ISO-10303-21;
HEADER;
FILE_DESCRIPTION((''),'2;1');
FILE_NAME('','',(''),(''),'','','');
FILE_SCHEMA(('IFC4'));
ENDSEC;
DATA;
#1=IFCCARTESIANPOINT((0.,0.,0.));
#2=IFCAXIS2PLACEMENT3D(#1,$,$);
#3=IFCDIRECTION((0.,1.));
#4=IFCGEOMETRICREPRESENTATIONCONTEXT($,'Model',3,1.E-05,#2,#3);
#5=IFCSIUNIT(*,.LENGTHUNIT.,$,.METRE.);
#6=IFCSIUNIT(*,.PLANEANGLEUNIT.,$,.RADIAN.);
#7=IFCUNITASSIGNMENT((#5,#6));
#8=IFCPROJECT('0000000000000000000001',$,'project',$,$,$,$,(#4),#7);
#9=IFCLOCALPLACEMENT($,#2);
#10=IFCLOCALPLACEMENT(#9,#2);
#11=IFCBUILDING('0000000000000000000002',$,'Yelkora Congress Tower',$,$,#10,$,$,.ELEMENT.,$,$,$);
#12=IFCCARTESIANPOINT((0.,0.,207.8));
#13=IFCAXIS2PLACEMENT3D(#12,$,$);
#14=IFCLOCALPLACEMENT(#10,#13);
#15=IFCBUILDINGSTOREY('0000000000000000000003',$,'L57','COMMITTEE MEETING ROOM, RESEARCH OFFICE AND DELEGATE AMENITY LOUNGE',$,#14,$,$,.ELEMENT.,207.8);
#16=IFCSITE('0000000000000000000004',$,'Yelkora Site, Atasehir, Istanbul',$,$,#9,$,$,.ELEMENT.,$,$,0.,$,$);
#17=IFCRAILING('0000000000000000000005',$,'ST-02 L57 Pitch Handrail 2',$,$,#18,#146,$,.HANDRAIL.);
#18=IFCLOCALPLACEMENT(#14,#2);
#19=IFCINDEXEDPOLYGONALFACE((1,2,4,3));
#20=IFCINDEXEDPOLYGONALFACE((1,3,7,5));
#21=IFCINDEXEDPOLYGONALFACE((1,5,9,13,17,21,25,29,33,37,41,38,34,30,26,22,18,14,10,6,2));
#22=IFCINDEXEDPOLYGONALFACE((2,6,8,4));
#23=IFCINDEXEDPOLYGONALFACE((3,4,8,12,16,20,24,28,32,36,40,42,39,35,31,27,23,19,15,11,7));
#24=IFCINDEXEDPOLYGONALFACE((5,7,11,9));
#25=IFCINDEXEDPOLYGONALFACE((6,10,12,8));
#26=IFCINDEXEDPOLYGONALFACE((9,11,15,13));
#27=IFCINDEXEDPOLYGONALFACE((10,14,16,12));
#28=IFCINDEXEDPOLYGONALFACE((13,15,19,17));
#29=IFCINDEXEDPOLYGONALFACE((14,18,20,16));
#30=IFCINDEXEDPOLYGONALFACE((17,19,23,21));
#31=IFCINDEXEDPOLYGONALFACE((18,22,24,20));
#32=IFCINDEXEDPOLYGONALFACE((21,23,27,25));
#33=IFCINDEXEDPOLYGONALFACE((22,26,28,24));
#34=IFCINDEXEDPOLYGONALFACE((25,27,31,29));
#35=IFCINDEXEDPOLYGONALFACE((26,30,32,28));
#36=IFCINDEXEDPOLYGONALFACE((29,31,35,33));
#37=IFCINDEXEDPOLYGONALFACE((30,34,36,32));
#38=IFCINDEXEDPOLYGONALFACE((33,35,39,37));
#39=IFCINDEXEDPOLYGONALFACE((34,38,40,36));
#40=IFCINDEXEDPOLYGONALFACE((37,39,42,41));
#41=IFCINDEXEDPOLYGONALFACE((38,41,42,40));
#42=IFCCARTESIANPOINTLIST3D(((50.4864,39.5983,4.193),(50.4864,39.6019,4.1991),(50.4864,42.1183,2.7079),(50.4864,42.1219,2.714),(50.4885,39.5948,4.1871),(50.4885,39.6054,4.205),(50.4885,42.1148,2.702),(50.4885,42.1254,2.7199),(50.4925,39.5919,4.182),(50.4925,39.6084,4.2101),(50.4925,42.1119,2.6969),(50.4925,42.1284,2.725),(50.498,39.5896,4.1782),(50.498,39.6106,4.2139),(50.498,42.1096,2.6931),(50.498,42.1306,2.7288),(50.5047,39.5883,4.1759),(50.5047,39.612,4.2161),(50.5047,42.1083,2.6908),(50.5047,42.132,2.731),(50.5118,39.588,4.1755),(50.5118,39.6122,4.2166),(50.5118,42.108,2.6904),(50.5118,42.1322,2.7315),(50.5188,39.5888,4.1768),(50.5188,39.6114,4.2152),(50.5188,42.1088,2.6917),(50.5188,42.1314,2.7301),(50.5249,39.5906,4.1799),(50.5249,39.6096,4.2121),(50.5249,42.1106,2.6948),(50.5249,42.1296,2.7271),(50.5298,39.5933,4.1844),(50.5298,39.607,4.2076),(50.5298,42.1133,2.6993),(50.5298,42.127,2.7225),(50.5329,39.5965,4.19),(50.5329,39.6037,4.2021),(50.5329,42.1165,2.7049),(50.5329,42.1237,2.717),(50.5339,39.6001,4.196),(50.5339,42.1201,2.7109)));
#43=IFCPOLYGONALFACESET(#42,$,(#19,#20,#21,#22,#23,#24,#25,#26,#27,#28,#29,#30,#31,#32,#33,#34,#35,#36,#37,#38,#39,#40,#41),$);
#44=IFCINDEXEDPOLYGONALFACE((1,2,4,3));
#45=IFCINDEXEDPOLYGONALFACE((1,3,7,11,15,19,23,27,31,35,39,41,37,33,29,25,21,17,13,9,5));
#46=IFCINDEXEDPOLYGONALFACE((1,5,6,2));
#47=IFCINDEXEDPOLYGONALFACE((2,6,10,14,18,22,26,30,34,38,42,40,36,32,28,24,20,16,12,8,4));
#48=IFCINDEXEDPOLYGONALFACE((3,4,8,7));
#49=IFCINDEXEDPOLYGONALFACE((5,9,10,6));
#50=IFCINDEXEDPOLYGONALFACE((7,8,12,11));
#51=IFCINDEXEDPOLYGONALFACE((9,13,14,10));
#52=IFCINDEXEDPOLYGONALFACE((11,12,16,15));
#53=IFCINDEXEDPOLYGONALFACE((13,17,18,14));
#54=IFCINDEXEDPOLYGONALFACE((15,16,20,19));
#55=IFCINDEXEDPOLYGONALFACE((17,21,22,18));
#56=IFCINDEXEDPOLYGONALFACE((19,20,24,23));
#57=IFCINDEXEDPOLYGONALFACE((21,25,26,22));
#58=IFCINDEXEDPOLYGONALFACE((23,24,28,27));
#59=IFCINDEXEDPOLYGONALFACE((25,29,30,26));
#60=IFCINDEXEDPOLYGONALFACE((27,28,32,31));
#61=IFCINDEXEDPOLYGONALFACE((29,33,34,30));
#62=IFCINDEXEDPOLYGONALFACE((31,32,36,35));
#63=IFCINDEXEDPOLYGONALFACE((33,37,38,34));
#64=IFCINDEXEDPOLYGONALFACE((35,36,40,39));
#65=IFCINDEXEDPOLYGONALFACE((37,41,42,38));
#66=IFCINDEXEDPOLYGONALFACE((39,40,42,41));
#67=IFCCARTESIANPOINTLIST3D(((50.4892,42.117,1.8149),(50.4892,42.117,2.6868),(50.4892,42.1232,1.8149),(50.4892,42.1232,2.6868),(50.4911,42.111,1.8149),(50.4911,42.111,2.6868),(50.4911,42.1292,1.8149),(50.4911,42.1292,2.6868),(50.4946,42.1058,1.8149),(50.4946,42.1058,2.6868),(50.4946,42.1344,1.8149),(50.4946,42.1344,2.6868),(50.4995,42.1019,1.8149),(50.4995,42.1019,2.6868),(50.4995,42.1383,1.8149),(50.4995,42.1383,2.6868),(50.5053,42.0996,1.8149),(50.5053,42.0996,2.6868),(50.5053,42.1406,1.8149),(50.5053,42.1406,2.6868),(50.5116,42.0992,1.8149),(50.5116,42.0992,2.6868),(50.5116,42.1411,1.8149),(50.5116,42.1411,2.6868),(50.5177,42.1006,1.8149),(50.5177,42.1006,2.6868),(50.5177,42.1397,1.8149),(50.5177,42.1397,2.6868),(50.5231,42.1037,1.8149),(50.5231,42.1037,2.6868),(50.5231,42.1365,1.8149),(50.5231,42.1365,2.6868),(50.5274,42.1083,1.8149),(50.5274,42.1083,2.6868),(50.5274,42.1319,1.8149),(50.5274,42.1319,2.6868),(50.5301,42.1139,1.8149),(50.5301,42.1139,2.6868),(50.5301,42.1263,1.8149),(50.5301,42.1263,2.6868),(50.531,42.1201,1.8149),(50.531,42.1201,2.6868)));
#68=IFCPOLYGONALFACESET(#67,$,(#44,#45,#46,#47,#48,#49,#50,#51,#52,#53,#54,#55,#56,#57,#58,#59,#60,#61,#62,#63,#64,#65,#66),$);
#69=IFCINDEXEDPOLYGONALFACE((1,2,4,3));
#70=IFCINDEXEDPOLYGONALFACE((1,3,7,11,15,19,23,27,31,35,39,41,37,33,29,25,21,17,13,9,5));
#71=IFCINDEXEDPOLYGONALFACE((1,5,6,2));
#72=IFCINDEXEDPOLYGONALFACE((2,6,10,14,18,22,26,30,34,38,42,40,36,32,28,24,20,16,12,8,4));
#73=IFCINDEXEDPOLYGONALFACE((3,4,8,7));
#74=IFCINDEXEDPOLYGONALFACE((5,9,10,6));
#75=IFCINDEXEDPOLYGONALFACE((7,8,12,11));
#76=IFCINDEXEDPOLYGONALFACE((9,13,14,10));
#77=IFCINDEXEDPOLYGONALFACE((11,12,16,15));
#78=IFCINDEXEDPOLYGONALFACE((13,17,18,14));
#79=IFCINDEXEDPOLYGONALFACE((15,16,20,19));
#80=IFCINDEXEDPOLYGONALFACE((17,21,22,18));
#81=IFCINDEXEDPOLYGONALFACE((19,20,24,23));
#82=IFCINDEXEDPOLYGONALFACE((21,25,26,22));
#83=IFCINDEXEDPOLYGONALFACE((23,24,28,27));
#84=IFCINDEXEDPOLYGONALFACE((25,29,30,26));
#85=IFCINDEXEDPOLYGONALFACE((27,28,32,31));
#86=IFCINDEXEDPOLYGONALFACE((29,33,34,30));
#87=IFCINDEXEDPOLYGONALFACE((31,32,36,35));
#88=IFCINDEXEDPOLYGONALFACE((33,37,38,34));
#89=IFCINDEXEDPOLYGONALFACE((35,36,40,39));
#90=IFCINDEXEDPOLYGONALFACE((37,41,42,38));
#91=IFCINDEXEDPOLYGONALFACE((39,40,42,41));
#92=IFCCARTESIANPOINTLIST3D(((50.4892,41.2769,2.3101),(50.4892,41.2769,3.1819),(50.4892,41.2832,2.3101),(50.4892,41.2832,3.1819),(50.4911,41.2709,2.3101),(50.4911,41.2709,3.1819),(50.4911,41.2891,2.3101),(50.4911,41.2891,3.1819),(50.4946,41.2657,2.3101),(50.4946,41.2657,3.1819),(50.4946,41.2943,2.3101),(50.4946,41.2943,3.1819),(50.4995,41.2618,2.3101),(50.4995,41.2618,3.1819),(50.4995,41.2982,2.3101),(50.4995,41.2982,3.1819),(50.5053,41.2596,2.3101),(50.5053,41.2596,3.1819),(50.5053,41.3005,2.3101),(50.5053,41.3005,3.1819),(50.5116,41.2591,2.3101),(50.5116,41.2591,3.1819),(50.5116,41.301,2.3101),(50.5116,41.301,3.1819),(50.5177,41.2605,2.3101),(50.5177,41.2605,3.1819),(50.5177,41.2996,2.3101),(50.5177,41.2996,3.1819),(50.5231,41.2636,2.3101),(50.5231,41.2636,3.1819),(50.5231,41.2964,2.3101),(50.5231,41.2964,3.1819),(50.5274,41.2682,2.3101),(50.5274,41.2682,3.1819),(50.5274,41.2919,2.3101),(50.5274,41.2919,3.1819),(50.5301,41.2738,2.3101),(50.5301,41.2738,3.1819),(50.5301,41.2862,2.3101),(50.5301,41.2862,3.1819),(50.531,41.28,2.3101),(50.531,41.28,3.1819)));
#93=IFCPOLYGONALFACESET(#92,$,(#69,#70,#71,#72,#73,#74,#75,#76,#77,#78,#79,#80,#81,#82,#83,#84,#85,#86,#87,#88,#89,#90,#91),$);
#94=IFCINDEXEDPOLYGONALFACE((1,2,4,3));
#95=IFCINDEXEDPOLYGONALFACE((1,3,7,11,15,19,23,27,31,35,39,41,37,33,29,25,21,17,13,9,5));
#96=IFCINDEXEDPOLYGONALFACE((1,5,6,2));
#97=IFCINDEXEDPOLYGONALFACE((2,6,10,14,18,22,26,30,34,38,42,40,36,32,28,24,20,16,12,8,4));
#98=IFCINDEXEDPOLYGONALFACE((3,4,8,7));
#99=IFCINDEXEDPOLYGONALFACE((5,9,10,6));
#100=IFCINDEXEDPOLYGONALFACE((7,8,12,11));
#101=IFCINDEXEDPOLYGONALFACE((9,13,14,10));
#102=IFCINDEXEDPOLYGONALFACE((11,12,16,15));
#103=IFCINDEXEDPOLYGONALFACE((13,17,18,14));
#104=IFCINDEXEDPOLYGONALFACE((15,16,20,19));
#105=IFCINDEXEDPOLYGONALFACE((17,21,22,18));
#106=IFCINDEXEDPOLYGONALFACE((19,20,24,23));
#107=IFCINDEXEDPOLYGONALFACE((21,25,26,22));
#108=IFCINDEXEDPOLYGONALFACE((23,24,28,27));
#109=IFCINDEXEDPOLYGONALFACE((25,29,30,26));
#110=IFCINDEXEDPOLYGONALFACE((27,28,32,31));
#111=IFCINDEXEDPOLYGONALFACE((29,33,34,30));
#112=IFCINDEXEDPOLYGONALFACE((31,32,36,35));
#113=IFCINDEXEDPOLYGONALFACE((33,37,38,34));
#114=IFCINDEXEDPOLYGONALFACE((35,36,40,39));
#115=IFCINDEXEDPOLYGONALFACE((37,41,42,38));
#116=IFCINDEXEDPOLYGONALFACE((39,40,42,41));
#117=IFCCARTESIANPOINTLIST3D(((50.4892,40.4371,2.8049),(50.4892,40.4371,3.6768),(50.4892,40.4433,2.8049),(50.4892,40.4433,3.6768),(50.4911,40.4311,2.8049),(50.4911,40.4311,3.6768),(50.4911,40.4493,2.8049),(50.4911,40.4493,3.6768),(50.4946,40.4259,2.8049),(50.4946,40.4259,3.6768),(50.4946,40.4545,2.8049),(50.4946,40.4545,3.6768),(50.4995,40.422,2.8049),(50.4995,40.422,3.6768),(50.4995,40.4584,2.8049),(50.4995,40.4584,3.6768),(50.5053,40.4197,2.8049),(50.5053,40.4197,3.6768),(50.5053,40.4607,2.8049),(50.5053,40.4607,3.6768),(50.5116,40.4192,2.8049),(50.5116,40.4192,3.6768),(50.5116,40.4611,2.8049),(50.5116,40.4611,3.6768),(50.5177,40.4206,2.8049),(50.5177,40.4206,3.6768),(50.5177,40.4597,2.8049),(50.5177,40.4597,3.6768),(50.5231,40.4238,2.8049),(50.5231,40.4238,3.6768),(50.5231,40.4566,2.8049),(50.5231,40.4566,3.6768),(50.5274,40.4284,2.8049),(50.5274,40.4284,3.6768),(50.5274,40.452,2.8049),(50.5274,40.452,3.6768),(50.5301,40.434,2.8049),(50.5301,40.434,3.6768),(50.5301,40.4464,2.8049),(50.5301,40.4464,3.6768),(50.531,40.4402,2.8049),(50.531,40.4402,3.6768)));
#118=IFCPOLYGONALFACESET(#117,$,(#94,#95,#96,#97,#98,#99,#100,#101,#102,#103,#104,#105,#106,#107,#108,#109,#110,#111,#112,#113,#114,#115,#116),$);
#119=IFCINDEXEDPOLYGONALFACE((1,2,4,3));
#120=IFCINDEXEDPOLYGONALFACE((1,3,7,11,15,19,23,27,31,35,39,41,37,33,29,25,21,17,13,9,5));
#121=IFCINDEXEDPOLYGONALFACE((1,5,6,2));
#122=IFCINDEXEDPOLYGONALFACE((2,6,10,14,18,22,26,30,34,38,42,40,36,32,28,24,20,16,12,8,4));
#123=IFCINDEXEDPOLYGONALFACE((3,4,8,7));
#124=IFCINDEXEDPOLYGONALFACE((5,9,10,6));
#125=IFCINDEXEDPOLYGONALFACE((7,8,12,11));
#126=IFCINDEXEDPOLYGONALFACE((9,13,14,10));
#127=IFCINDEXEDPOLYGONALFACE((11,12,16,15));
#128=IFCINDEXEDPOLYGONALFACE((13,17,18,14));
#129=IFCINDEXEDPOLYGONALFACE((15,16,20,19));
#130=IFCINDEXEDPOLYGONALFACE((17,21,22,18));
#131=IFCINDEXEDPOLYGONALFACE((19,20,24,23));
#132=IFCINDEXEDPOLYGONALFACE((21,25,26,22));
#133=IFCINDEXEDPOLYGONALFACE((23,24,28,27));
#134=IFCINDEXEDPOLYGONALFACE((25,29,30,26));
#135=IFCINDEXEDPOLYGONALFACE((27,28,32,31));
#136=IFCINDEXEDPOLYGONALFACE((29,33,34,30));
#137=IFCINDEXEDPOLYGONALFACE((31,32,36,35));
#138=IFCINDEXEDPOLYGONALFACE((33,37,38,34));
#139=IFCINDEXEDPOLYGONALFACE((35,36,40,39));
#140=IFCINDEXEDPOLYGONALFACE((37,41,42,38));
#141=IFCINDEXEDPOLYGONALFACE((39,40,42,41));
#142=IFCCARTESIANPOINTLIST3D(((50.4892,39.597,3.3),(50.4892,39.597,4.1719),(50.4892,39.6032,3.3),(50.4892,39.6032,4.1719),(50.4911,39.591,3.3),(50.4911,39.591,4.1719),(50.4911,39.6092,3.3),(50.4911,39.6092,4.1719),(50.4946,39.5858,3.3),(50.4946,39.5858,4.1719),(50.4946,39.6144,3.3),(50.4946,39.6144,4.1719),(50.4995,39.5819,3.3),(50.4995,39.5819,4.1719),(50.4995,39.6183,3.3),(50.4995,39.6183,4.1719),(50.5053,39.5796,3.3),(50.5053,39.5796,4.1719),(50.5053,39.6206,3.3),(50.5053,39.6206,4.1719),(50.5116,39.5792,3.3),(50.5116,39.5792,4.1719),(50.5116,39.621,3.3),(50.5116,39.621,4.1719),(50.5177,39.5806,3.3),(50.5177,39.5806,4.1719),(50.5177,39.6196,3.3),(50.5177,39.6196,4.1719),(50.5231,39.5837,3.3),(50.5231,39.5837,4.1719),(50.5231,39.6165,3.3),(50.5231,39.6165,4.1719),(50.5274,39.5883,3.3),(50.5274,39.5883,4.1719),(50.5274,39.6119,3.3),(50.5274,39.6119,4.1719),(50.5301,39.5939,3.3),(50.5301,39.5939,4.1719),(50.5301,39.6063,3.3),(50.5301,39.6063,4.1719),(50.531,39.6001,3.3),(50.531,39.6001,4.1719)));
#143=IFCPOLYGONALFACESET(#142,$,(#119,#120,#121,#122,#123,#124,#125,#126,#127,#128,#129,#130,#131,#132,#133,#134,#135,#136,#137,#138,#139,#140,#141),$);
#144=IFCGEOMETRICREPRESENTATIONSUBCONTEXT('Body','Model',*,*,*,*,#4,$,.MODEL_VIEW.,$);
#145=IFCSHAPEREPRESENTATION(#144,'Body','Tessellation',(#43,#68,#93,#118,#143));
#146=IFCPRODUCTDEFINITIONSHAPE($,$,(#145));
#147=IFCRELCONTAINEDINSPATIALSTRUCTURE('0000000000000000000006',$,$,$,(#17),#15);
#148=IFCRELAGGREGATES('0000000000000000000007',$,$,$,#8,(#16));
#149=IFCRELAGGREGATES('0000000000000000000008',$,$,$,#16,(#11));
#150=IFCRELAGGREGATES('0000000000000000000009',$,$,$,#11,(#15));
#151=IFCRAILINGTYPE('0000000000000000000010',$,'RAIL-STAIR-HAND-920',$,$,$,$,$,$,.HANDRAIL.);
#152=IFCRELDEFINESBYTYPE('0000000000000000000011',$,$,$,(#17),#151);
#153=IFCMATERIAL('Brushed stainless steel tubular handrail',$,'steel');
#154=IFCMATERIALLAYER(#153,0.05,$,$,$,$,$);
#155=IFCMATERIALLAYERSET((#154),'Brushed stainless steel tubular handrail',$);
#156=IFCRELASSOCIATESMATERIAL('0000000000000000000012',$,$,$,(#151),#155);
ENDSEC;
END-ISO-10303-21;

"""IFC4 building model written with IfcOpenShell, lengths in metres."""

from ifc_helpers import new_model, si_unit, direction, frame, origin, origin_2d, place, context, subcontext, project, spatial, circle, extrude, material, layer, layer_set, type_object, element, save


model = new_model("IFC4")

# Units and contexts
model_context = context("Model", 3, precision=1e-05, world=origin(), true_north=direction((0.0, 1.0)))
body_context = subcontext(model_context, "Body", "Model", "MODEL_VIEW")
ifc_project = project(units=[si_unit("LENGTHUNIT", "METRE"), si_unit("PLANEANGLEUNIT", "RADIAN")], contexts=[model_context])

# Site, building, storey
site_placement = place(None, origin())
site = spatial("IfcSite", under=ifc_project, at=site_placement, Name="Yelkora Site, Atasehir, Istanbul", CompositionType="ELEMENT", RefElevation=0.0)
building_placement = place(site_placement, origin())
building = spatial("IfcBuilding", under=site, at=building_placement, Name="Yelkora Congress Tower", CompositionType="ELEMENT")
storey_placement = place(building_placement, frame((0.0, 0.0, 207.8)))
storey = spatial("IfcBuildingStorey", under=building, at=storey_placement, Name="L57", Description="COMMITTEE MEETING ROOM, RESEARCH OFFICE AND DELEGATE AMENITY LOUNGE", CompositionType="ELEMENT", Elevation=207.8)

# Railing
ifc_material_1 = material(Name="Brushed stainless steel tubular handrail", Category="steel")
ifc_layer_1 = layer(ifc_material_1, 0.05)
ifc_layer_set_1 = layer_set([ifc_layer_1], Name="Brushed stainless steel tubular handrail")
railing_type_1 = type_object("IfcRailingType", Name="RAIL-STAIR-HAND-920", PredefinedType="HANDRAIL", material=ifc_layer_set_1)
railing_1_placement = place(storey_placement, frame((50.51, 42.1201, 1.8149)))
element("IfcRailing", 1, at=railing_1_placement, inside=storey, type_object=railing_type_1, Name="ST-02 L57 Pitch Handrail 2", PredefinedType="HANDRAIL", context=body_context, shape_type="SweptSolid", body=[
    extrude(circle(Radius=0.0239, at=origin_2d()), frame((0.0, 0.0, 0.896), z_axis=(0.0, -0.861524, 0.507717), x_axis=(1.0, 0.0, 0.0)), (0.0, 0.0, 1.0), 2.925),
    extrude(circle(Radius=0.021, at=origin_2d()), origin(), (0.0, 0.0, 1.0), 0.8718),
    extrude(circle(Radius=0.021, at=origin_2d()), frame((0.0, -0.8401, 0.4951)), (0.0, 0.0, 1.0), 0.8718),
    extrude(circle(Radius=0.021, at=origin_2d()), frame((0.0, -1.6799, 0.99)), (0.0, 0.0, 1.0), 0.8718),
    extrude(circle(Radius=0.021, at=origin_2d()), frame((0.0, -2.52, 1.4851)), (0.0, 0.0, 1.0), 0.8718),
])

save(model, "model.ifc")
